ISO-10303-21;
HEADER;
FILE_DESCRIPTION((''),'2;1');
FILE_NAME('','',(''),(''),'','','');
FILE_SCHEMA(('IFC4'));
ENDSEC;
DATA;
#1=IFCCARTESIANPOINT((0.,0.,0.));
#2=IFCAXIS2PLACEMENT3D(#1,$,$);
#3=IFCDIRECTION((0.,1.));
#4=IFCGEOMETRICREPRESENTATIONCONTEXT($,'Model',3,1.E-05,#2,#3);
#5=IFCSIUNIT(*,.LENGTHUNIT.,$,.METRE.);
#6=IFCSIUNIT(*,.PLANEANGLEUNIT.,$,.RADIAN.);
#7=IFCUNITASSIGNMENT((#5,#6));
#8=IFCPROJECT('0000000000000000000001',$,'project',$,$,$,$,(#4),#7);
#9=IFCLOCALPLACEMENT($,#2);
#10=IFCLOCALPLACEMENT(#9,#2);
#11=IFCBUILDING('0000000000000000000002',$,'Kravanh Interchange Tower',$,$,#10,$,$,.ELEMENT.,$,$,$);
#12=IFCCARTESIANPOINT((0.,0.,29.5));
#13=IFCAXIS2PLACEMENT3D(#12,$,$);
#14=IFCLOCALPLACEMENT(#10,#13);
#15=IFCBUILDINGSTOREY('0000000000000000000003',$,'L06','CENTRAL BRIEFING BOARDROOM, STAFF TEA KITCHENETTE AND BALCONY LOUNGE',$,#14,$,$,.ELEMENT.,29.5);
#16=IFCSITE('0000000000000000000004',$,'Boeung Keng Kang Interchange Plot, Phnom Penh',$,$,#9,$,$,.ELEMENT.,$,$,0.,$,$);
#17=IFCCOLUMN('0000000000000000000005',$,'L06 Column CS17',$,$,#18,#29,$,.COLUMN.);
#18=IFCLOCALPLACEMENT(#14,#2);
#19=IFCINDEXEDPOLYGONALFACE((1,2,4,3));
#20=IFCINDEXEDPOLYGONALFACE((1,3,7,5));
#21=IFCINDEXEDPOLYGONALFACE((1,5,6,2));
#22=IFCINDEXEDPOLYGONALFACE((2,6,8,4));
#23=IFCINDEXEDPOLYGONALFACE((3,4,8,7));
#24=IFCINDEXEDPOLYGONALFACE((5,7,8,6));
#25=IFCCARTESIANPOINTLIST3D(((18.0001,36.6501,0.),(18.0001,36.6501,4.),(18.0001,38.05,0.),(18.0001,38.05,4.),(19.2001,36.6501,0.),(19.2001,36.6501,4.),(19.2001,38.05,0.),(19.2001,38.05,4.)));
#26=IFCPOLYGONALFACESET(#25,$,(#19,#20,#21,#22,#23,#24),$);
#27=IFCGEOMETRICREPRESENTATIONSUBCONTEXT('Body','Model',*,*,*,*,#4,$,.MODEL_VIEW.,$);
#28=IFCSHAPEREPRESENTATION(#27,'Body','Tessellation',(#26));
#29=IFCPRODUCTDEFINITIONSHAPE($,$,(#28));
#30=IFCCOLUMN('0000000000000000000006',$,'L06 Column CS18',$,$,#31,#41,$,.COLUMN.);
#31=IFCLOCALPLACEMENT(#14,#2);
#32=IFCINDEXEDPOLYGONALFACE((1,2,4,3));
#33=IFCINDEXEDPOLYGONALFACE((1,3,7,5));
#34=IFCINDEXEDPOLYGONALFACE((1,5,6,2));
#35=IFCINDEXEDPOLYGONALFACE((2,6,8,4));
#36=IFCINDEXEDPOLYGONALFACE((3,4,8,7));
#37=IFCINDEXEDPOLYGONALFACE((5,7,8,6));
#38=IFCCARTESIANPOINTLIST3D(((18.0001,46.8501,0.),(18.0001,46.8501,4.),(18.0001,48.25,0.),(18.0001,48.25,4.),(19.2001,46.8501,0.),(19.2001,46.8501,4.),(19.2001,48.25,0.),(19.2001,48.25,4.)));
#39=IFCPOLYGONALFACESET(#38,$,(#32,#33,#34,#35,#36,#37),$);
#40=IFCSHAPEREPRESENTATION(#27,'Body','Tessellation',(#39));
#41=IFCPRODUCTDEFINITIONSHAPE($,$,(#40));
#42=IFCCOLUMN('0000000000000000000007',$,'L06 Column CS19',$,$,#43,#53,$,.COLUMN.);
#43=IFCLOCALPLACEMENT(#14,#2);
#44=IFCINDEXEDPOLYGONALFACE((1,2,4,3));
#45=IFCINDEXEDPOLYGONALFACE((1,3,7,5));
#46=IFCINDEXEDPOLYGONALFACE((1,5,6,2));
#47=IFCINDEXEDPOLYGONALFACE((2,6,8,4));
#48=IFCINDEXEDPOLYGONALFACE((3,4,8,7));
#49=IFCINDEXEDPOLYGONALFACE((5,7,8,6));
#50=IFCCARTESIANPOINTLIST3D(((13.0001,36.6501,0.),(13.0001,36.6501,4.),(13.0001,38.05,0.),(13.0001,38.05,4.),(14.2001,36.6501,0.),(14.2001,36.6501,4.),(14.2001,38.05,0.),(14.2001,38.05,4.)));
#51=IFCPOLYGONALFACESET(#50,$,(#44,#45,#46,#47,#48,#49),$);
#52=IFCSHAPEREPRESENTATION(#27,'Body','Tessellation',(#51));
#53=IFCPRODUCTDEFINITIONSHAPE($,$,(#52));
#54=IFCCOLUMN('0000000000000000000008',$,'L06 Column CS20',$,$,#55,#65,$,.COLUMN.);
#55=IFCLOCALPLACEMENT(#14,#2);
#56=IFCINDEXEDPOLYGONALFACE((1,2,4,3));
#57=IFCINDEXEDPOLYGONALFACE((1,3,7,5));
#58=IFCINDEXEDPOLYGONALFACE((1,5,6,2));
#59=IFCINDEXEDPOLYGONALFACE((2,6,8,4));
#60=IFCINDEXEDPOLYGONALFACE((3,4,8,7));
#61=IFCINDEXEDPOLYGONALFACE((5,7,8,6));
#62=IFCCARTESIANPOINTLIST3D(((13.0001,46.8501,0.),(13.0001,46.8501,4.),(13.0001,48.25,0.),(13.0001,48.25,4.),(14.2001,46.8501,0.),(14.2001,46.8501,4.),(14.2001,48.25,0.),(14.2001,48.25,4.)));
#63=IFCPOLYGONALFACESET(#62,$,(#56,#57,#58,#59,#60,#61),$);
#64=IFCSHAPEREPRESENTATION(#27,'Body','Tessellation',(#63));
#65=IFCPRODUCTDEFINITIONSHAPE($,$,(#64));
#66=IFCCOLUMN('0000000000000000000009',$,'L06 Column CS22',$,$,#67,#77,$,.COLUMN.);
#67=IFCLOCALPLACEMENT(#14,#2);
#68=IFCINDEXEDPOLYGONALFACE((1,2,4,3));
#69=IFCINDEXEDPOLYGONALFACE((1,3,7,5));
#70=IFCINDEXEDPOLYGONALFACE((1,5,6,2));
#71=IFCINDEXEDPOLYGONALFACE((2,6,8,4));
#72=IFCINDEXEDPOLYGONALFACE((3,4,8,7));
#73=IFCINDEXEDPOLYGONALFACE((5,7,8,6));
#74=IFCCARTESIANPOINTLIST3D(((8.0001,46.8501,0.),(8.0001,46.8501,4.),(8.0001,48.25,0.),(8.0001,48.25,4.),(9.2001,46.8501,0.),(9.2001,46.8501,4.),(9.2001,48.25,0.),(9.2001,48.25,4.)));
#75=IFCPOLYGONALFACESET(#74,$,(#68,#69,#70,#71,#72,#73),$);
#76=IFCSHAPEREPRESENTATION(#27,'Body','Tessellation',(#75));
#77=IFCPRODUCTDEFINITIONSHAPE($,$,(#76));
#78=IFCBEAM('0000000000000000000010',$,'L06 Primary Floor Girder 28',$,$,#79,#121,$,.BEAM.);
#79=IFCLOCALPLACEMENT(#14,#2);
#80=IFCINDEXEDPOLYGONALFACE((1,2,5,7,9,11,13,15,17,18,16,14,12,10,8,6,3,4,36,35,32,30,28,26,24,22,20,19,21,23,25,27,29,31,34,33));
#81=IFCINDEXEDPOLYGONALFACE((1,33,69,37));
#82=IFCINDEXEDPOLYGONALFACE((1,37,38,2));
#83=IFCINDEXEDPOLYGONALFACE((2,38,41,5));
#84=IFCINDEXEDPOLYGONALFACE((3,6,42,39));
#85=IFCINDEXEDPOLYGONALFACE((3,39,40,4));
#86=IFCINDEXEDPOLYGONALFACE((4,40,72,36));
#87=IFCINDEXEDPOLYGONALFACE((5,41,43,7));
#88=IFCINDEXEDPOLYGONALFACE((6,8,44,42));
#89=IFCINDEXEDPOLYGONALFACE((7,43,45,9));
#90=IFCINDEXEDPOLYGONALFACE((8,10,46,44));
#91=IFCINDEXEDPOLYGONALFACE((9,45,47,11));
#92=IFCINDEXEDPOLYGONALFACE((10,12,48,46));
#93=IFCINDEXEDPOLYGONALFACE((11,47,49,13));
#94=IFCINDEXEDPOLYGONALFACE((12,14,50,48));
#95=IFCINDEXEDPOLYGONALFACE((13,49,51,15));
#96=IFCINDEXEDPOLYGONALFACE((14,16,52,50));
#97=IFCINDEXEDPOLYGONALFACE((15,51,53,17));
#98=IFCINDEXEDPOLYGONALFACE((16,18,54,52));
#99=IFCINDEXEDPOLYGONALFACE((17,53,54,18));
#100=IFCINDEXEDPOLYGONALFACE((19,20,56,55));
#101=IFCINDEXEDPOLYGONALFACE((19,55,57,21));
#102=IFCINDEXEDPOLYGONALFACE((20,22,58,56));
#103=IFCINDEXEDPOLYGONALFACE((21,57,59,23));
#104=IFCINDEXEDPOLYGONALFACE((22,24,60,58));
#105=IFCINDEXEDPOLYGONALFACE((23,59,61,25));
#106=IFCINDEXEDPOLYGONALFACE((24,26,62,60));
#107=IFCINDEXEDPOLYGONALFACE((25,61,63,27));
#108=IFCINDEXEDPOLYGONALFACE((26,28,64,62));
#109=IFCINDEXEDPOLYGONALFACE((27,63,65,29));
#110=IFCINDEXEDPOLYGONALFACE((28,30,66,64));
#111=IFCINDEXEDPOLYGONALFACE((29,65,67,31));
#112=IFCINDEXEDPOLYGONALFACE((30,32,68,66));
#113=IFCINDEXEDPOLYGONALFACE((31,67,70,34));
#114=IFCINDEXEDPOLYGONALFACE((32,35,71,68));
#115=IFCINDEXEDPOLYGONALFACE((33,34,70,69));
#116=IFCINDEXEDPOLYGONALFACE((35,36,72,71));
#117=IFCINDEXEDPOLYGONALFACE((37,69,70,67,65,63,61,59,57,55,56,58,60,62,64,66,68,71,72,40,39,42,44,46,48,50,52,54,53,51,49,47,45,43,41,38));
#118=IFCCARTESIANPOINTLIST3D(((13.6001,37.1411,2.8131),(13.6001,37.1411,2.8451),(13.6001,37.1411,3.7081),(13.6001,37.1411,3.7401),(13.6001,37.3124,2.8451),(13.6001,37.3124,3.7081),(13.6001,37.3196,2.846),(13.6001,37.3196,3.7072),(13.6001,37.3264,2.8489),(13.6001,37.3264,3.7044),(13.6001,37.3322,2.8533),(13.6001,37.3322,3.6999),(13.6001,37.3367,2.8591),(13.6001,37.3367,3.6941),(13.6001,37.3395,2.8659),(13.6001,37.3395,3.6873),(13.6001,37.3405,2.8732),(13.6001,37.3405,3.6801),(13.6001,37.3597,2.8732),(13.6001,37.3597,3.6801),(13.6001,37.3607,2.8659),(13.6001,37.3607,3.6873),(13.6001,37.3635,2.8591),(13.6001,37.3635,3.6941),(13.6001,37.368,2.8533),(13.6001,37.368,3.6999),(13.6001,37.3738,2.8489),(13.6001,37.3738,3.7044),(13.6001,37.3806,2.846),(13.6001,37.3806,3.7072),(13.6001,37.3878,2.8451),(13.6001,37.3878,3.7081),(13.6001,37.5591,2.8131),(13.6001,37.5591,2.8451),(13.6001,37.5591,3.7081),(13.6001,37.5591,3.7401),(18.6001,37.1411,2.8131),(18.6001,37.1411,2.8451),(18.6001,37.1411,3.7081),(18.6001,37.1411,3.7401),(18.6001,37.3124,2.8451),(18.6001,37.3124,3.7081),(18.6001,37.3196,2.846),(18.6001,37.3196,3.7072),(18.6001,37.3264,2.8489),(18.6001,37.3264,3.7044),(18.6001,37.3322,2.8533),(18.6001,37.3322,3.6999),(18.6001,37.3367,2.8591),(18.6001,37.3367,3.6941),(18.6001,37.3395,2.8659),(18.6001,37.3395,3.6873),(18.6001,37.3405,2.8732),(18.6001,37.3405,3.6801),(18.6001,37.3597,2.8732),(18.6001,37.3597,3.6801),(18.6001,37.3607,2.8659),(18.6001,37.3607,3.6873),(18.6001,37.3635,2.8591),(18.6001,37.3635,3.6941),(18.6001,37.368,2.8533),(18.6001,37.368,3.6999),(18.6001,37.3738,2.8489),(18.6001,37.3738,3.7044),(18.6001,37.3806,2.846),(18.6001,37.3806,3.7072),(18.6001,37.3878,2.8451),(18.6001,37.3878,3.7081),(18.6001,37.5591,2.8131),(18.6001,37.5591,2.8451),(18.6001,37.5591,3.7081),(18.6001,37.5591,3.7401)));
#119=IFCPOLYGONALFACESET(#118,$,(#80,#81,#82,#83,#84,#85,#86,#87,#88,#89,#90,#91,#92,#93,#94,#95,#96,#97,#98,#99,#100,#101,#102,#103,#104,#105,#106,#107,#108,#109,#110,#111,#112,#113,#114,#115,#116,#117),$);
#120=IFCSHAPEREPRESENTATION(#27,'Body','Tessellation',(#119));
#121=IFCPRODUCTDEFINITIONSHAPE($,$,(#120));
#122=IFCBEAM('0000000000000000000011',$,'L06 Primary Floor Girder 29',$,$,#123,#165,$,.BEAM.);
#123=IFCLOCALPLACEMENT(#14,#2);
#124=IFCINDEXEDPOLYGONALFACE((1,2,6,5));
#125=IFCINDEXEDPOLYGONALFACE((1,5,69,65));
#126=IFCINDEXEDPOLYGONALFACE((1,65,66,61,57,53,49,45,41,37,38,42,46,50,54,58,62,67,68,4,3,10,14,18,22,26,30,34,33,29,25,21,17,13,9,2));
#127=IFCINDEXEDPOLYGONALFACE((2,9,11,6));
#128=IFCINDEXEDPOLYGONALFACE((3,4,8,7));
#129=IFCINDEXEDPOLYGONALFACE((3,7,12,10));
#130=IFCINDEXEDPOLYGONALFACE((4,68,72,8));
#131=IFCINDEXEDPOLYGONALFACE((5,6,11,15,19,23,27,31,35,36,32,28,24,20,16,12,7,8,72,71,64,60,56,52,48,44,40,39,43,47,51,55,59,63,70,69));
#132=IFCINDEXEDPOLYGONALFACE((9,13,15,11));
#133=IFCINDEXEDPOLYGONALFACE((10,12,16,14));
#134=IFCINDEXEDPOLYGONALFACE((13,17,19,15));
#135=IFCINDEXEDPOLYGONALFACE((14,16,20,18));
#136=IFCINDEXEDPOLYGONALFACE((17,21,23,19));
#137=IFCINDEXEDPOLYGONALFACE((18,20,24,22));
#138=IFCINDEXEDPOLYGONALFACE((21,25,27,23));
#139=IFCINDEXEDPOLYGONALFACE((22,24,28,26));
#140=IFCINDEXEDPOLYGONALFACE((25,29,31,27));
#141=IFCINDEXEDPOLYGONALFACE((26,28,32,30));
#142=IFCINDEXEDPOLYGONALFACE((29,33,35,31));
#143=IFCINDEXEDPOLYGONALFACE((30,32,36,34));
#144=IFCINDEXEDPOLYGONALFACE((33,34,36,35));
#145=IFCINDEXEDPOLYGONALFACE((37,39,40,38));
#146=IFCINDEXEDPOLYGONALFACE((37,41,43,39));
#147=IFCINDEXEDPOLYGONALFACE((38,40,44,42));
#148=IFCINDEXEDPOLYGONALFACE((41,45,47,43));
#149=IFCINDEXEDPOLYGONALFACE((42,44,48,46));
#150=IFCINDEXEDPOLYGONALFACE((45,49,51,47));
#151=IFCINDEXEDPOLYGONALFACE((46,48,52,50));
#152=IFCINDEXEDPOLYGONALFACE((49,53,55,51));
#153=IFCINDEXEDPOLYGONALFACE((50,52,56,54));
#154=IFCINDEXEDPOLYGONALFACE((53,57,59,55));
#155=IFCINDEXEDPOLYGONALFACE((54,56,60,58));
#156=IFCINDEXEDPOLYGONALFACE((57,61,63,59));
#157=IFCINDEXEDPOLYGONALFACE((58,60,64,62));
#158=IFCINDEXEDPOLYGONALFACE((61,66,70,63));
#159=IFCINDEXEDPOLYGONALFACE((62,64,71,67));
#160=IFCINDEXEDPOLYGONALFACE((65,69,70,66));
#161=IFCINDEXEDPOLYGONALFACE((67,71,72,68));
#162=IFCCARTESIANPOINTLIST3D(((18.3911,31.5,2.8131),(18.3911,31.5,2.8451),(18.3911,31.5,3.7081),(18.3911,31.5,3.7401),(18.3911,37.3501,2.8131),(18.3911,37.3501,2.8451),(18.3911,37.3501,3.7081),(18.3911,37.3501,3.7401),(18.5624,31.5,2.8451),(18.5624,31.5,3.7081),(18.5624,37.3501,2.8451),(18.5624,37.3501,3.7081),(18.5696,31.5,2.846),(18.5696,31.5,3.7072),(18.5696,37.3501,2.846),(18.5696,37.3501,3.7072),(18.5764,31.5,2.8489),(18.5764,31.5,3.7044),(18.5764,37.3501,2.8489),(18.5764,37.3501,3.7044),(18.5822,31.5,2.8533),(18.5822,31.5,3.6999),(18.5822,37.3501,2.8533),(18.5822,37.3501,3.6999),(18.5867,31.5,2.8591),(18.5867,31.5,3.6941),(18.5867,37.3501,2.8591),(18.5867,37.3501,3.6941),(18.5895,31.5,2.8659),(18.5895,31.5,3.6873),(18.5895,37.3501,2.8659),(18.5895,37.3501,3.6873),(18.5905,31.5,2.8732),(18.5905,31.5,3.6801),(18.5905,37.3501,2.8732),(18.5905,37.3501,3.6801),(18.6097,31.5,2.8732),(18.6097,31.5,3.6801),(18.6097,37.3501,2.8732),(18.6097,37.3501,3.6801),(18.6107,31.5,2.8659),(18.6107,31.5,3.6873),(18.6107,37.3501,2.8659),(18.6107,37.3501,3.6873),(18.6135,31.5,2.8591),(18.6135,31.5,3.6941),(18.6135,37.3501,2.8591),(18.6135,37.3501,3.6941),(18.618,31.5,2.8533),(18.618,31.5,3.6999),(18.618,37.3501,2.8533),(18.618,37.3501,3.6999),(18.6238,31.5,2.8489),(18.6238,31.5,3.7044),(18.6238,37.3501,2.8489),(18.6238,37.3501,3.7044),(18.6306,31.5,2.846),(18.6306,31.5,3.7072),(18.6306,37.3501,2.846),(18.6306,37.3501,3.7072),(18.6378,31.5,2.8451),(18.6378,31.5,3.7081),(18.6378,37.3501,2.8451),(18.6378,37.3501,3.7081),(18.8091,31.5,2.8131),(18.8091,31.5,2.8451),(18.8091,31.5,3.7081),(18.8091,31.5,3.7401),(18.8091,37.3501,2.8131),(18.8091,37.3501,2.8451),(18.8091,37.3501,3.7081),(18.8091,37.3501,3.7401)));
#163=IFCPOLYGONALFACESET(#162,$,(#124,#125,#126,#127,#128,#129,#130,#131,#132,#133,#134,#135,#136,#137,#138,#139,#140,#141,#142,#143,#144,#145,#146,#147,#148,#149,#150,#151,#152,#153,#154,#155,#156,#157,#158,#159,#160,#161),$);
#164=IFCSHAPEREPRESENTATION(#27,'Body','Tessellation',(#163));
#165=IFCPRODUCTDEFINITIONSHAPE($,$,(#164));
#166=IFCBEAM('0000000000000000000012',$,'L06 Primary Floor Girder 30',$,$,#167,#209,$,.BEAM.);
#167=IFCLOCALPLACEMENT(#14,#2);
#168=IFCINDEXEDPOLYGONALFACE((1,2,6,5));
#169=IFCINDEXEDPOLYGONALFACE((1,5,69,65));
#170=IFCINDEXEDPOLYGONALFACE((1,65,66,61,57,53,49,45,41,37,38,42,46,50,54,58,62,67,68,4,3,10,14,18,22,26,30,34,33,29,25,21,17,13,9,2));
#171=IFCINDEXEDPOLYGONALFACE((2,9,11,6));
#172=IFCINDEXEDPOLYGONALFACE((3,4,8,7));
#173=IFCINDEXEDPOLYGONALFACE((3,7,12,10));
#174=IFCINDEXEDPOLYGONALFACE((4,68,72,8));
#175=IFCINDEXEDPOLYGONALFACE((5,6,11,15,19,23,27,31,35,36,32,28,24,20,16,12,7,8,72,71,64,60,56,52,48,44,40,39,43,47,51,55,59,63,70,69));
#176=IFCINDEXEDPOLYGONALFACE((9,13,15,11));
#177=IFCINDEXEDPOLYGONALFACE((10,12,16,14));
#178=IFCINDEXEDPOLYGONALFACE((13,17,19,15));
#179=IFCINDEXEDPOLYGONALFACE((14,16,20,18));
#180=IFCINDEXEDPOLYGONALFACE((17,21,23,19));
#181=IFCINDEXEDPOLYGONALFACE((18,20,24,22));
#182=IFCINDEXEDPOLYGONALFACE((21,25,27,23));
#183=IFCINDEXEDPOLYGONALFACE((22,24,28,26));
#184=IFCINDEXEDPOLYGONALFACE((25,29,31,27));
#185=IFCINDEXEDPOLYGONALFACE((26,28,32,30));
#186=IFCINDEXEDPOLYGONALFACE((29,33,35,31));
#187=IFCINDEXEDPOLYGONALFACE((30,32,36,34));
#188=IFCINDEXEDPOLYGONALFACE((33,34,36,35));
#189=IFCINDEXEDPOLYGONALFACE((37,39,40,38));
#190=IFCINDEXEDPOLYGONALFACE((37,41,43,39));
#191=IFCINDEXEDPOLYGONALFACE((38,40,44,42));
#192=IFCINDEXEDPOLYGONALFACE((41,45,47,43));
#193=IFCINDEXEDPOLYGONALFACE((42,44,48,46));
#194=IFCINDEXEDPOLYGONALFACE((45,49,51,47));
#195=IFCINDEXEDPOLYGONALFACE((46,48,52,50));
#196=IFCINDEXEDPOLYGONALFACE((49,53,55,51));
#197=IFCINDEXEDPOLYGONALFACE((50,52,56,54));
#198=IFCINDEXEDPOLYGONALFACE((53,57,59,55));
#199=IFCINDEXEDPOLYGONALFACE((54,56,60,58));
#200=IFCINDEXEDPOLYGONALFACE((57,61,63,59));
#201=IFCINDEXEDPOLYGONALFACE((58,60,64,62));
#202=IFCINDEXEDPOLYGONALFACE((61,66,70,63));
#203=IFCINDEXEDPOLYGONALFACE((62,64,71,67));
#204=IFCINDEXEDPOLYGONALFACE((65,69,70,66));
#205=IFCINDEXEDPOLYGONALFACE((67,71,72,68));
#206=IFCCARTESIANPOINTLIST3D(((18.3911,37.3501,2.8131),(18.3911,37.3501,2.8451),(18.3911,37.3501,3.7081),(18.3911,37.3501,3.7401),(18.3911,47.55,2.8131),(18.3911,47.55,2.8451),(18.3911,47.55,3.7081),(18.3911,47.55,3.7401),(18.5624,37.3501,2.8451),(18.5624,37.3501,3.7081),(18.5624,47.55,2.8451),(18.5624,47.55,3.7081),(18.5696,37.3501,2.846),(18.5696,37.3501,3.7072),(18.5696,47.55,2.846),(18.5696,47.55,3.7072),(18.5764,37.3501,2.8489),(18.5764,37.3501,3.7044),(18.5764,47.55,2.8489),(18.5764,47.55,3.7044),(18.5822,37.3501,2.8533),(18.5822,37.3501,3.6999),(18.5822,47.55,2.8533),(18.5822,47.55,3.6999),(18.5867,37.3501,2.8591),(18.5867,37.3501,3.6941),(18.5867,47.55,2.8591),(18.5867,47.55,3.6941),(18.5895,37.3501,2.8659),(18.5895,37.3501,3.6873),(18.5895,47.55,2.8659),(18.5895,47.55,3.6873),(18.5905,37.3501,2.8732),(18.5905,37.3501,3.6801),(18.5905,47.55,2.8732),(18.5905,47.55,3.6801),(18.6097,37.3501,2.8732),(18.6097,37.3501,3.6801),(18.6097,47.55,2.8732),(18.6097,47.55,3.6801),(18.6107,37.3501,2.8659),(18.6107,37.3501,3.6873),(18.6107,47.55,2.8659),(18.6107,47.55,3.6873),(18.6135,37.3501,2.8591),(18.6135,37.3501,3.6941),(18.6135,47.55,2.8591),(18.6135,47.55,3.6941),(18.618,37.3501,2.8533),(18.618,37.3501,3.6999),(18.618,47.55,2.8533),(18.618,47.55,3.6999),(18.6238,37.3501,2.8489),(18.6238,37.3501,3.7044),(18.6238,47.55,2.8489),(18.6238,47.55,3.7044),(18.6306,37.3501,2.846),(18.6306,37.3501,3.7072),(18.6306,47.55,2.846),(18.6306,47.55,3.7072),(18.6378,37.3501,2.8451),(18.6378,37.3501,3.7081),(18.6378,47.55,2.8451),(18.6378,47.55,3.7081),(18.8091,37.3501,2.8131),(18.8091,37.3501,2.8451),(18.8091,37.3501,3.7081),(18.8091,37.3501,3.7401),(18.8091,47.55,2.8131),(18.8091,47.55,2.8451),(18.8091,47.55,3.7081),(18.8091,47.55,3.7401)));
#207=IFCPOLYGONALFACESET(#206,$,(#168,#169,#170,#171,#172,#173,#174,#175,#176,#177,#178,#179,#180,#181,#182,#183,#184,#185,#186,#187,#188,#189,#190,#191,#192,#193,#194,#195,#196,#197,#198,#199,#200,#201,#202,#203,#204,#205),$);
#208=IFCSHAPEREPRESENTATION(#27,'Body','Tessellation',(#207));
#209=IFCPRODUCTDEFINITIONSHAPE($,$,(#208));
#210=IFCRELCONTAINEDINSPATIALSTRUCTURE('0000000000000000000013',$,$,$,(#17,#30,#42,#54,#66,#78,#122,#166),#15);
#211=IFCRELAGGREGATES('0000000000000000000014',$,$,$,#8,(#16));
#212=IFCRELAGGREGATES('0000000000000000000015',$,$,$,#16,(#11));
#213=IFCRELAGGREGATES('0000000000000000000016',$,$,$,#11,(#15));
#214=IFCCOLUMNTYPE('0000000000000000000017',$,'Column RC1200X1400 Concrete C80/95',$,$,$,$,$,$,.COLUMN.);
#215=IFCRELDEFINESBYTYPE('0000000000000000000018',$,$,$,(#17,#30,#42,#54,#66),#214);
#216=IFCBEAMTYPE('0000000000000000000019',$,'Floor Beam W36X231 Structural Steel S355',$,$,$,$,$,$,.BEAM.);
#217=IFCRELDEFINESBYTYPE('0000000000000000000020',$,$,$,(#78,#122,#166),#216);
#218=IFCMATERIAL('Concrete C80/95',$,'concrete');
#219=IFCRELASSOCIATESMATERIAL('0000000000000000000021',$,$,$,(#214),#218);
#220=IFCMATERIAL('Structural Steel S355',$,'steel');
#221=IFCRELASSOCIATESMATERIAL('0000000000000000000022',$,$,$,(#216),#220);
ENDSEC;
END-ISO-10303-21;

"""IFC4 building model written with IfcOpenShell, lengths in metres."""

from ifc_helpers import new_model, si_unit, direction, frame, origin, origin_2d, place, context, subcontext, project, spatial, rectangle, i_section, extrude, material, material_profile, profile_set, type_object, element, save


model = new_model("IFC4")

# Units and contexts
model_context = context("Model", 3, precision=1e-05, world=origin(), true_north=direction((0.0, 1.0)))
body_context = subcontext(model_context, "Body", "Model", "MODEL_VIEW")
ifc_project = project(units=[si_unit("LENGTHUNIT", "METRE"), si_unit("PLANEANGLEUNIT", "RADIAN")], contexts=[model_context])

# Site, building, storey
site_placement = place(None, origin())
site = spatial("IfcSite", under=ifc_project, at=site_placement, Name="Boeung Keng Kang Interchange Plot, Phnom Penh", CompositionType="ELEMENT", RefElevation=0.0)
building_placement = place(site_placement, origin())
building = spatial("IfcBuilding", under=site, at=building_placement, Name="Kravanh Interchange Tower", CompositionType="ELEMENT")
storey_placement = place(building_placement, frame((0.0, 0.0, 29.5)))
storey = spatial("IfcBuildingStorey", under=building, at=storey_placement, Name="L06", Description="CENTRAL BRIEFING BOARDROOM, STAFF TEA KITCHENETTE AND BALCONY LOUNGE", CompositionType="ELEMENT", Elevation=29.5)

# Columns
ifc_material_1 = material(Name="Concrete C80/95", Category="concrete")
ifc_material_profile_1 = material_profile(ifc_material_1, rectangle(XDim=1.2, YDim=1.3999, at=origin_2d()), Name="RC1200X1400")
ifc_profile_set_1 = profile_set([ifc_material_profile_1], Name="Concrete C80/95")
column_type = type_object("IfcColumnType", Name="Column RC1200X1400 Concrete C80/95", PredefinedType="COLUMN", material=ifc_profile_set_1)
for number, where, z_axis, x_axis, name in (
    (1, (18.6001, 37.3501, 0.0), (0.0, 0.0, 1.0), (1.0, 0.0, 0.0), "L06 Column CS17"),
    (2, (18.6001, 47.55, 0.0), (0.0, 0.0, 1.0), (1.0, 0.0, 0.0), "L06 Column CS18"),
    (3, (13.6001, 37.3501, 0.0), (0.0, 0.0, 1.0), (1.0, 0.0, 0.0), "L06 Column CS19"),
    (4, (13.6001, 47.55, 0.0), (0.0, 0.0, 1.0), (1.0, 0.0, 0.0), "L06 Column CS20"),
    (5, (8.6001, 47.55, 0.0), (0.0, 0.0, 1.0), (1.0, 0.0, 0.0), "L06 Column CS22"),
):
    element("IfcColumn", number, at=place(storey_placement, frame(where, z_axis=z_axis, x_axis=x_axis)), inside=storey, type_object=column_type, Name=name, PredefinedType="COLUMN", context=body_context, shape_type="SweptSolid", body=[
        extrude(rectangle(XDim=1.2, YDim=1.3999, at=origin_2d()), origin(), (0.0, 0.0, 1.0), 4.0),
    ])

# Beams
ifc_material_2 = material(Name="Structural Steel S355", Category="steel")
ifc_material_profile_2 = material_profile(ifc_material_2, i_section(OverallWidth=0.418, OverallDepth=0.927, WebThickness=0.0193, FlangeThickness=0.032, FilletRadius=0.0281, at=origin_2d()), Name="W36X231")
ifc_profile_set_2 = profile_set([ifc_material_profile_2], Name="Structural Steel S355")
beam_type = type_object("IfcBeamType", Name="Floor Beam W36X231 Structural Steel S355", PredefinedType="BEAM", material=ifc_profile_set_2)
beam_1_placement = place(storey_placement, frame((18.6001, 37.3501, 3.2766), z_axis=(-1.0, 0.0, 0.0), x_axis=(0.0, -1.0, 0.0)))
element("IfcBeam", 6, at=beam_1_placement, inside=storey, type_object=beam_type, Name="L06 Primary Floor Girder 28", PredefinedType="BEAM", context=body_context, shape_type="SweptSolid", body=[
    extrude(i_section(OverallWidth=0.418, OverallDepth=0.927, WebThickness=0.0193, FlangeThickness=0.032, FilletRadius=0.0281, at=origin_2d()), origin(), (0.0, 0.0, 1.0), 5.0),
])
beam_2_placement = place(storey_placement, frame((18.6001, 37.3501, 3.2766), z_axis=(0.0, -1.0, 0.0), x_axis=(1.0, 0.0, 0.0)))
element("IfcBeam", 7, at=beam_2_placement, inside=storey, type_object=beam_type, Name="L06 Primary Floor Girder 29", PredefinedType="BEAM", context=body_context, shape_type="SweptSolid", body=[
    extrude(i_section(OverallWidth=0.418, OverallDepth=0.927, WebThickness=0.0193, FlangeThickness=0.032, FilletRadius=0.0281, at=origin_2d()), origin(), (0.0, 0.0, 1.0), 5.8501),
])
beam_3_placement = place(storey_placement, frame((18.6001, 37.3501, 3.2766), z_axis=(0.0, 1.0, 0.0), x_axis=(-1.0, 0.0, 0.0)))
element("IfcBeam", 8, at=beam_3_placement, inside=storey, type_object=beam_type, Name="L06 Primary Floor Girder 30", PredefinedType="BEAM", context=body_context, shape_type="SweptSolid", body=[
    extrude(i_section(OverallWidth=0.418, OverallDepth=0.927, WebThickness=0.0193, FlangeThickness=0.032, FilletRadius=0.0281, at=origin_2d()), origin(), (0.0, 0.0, 1.0), 10.2),
])

save(model, "model.ifc")
